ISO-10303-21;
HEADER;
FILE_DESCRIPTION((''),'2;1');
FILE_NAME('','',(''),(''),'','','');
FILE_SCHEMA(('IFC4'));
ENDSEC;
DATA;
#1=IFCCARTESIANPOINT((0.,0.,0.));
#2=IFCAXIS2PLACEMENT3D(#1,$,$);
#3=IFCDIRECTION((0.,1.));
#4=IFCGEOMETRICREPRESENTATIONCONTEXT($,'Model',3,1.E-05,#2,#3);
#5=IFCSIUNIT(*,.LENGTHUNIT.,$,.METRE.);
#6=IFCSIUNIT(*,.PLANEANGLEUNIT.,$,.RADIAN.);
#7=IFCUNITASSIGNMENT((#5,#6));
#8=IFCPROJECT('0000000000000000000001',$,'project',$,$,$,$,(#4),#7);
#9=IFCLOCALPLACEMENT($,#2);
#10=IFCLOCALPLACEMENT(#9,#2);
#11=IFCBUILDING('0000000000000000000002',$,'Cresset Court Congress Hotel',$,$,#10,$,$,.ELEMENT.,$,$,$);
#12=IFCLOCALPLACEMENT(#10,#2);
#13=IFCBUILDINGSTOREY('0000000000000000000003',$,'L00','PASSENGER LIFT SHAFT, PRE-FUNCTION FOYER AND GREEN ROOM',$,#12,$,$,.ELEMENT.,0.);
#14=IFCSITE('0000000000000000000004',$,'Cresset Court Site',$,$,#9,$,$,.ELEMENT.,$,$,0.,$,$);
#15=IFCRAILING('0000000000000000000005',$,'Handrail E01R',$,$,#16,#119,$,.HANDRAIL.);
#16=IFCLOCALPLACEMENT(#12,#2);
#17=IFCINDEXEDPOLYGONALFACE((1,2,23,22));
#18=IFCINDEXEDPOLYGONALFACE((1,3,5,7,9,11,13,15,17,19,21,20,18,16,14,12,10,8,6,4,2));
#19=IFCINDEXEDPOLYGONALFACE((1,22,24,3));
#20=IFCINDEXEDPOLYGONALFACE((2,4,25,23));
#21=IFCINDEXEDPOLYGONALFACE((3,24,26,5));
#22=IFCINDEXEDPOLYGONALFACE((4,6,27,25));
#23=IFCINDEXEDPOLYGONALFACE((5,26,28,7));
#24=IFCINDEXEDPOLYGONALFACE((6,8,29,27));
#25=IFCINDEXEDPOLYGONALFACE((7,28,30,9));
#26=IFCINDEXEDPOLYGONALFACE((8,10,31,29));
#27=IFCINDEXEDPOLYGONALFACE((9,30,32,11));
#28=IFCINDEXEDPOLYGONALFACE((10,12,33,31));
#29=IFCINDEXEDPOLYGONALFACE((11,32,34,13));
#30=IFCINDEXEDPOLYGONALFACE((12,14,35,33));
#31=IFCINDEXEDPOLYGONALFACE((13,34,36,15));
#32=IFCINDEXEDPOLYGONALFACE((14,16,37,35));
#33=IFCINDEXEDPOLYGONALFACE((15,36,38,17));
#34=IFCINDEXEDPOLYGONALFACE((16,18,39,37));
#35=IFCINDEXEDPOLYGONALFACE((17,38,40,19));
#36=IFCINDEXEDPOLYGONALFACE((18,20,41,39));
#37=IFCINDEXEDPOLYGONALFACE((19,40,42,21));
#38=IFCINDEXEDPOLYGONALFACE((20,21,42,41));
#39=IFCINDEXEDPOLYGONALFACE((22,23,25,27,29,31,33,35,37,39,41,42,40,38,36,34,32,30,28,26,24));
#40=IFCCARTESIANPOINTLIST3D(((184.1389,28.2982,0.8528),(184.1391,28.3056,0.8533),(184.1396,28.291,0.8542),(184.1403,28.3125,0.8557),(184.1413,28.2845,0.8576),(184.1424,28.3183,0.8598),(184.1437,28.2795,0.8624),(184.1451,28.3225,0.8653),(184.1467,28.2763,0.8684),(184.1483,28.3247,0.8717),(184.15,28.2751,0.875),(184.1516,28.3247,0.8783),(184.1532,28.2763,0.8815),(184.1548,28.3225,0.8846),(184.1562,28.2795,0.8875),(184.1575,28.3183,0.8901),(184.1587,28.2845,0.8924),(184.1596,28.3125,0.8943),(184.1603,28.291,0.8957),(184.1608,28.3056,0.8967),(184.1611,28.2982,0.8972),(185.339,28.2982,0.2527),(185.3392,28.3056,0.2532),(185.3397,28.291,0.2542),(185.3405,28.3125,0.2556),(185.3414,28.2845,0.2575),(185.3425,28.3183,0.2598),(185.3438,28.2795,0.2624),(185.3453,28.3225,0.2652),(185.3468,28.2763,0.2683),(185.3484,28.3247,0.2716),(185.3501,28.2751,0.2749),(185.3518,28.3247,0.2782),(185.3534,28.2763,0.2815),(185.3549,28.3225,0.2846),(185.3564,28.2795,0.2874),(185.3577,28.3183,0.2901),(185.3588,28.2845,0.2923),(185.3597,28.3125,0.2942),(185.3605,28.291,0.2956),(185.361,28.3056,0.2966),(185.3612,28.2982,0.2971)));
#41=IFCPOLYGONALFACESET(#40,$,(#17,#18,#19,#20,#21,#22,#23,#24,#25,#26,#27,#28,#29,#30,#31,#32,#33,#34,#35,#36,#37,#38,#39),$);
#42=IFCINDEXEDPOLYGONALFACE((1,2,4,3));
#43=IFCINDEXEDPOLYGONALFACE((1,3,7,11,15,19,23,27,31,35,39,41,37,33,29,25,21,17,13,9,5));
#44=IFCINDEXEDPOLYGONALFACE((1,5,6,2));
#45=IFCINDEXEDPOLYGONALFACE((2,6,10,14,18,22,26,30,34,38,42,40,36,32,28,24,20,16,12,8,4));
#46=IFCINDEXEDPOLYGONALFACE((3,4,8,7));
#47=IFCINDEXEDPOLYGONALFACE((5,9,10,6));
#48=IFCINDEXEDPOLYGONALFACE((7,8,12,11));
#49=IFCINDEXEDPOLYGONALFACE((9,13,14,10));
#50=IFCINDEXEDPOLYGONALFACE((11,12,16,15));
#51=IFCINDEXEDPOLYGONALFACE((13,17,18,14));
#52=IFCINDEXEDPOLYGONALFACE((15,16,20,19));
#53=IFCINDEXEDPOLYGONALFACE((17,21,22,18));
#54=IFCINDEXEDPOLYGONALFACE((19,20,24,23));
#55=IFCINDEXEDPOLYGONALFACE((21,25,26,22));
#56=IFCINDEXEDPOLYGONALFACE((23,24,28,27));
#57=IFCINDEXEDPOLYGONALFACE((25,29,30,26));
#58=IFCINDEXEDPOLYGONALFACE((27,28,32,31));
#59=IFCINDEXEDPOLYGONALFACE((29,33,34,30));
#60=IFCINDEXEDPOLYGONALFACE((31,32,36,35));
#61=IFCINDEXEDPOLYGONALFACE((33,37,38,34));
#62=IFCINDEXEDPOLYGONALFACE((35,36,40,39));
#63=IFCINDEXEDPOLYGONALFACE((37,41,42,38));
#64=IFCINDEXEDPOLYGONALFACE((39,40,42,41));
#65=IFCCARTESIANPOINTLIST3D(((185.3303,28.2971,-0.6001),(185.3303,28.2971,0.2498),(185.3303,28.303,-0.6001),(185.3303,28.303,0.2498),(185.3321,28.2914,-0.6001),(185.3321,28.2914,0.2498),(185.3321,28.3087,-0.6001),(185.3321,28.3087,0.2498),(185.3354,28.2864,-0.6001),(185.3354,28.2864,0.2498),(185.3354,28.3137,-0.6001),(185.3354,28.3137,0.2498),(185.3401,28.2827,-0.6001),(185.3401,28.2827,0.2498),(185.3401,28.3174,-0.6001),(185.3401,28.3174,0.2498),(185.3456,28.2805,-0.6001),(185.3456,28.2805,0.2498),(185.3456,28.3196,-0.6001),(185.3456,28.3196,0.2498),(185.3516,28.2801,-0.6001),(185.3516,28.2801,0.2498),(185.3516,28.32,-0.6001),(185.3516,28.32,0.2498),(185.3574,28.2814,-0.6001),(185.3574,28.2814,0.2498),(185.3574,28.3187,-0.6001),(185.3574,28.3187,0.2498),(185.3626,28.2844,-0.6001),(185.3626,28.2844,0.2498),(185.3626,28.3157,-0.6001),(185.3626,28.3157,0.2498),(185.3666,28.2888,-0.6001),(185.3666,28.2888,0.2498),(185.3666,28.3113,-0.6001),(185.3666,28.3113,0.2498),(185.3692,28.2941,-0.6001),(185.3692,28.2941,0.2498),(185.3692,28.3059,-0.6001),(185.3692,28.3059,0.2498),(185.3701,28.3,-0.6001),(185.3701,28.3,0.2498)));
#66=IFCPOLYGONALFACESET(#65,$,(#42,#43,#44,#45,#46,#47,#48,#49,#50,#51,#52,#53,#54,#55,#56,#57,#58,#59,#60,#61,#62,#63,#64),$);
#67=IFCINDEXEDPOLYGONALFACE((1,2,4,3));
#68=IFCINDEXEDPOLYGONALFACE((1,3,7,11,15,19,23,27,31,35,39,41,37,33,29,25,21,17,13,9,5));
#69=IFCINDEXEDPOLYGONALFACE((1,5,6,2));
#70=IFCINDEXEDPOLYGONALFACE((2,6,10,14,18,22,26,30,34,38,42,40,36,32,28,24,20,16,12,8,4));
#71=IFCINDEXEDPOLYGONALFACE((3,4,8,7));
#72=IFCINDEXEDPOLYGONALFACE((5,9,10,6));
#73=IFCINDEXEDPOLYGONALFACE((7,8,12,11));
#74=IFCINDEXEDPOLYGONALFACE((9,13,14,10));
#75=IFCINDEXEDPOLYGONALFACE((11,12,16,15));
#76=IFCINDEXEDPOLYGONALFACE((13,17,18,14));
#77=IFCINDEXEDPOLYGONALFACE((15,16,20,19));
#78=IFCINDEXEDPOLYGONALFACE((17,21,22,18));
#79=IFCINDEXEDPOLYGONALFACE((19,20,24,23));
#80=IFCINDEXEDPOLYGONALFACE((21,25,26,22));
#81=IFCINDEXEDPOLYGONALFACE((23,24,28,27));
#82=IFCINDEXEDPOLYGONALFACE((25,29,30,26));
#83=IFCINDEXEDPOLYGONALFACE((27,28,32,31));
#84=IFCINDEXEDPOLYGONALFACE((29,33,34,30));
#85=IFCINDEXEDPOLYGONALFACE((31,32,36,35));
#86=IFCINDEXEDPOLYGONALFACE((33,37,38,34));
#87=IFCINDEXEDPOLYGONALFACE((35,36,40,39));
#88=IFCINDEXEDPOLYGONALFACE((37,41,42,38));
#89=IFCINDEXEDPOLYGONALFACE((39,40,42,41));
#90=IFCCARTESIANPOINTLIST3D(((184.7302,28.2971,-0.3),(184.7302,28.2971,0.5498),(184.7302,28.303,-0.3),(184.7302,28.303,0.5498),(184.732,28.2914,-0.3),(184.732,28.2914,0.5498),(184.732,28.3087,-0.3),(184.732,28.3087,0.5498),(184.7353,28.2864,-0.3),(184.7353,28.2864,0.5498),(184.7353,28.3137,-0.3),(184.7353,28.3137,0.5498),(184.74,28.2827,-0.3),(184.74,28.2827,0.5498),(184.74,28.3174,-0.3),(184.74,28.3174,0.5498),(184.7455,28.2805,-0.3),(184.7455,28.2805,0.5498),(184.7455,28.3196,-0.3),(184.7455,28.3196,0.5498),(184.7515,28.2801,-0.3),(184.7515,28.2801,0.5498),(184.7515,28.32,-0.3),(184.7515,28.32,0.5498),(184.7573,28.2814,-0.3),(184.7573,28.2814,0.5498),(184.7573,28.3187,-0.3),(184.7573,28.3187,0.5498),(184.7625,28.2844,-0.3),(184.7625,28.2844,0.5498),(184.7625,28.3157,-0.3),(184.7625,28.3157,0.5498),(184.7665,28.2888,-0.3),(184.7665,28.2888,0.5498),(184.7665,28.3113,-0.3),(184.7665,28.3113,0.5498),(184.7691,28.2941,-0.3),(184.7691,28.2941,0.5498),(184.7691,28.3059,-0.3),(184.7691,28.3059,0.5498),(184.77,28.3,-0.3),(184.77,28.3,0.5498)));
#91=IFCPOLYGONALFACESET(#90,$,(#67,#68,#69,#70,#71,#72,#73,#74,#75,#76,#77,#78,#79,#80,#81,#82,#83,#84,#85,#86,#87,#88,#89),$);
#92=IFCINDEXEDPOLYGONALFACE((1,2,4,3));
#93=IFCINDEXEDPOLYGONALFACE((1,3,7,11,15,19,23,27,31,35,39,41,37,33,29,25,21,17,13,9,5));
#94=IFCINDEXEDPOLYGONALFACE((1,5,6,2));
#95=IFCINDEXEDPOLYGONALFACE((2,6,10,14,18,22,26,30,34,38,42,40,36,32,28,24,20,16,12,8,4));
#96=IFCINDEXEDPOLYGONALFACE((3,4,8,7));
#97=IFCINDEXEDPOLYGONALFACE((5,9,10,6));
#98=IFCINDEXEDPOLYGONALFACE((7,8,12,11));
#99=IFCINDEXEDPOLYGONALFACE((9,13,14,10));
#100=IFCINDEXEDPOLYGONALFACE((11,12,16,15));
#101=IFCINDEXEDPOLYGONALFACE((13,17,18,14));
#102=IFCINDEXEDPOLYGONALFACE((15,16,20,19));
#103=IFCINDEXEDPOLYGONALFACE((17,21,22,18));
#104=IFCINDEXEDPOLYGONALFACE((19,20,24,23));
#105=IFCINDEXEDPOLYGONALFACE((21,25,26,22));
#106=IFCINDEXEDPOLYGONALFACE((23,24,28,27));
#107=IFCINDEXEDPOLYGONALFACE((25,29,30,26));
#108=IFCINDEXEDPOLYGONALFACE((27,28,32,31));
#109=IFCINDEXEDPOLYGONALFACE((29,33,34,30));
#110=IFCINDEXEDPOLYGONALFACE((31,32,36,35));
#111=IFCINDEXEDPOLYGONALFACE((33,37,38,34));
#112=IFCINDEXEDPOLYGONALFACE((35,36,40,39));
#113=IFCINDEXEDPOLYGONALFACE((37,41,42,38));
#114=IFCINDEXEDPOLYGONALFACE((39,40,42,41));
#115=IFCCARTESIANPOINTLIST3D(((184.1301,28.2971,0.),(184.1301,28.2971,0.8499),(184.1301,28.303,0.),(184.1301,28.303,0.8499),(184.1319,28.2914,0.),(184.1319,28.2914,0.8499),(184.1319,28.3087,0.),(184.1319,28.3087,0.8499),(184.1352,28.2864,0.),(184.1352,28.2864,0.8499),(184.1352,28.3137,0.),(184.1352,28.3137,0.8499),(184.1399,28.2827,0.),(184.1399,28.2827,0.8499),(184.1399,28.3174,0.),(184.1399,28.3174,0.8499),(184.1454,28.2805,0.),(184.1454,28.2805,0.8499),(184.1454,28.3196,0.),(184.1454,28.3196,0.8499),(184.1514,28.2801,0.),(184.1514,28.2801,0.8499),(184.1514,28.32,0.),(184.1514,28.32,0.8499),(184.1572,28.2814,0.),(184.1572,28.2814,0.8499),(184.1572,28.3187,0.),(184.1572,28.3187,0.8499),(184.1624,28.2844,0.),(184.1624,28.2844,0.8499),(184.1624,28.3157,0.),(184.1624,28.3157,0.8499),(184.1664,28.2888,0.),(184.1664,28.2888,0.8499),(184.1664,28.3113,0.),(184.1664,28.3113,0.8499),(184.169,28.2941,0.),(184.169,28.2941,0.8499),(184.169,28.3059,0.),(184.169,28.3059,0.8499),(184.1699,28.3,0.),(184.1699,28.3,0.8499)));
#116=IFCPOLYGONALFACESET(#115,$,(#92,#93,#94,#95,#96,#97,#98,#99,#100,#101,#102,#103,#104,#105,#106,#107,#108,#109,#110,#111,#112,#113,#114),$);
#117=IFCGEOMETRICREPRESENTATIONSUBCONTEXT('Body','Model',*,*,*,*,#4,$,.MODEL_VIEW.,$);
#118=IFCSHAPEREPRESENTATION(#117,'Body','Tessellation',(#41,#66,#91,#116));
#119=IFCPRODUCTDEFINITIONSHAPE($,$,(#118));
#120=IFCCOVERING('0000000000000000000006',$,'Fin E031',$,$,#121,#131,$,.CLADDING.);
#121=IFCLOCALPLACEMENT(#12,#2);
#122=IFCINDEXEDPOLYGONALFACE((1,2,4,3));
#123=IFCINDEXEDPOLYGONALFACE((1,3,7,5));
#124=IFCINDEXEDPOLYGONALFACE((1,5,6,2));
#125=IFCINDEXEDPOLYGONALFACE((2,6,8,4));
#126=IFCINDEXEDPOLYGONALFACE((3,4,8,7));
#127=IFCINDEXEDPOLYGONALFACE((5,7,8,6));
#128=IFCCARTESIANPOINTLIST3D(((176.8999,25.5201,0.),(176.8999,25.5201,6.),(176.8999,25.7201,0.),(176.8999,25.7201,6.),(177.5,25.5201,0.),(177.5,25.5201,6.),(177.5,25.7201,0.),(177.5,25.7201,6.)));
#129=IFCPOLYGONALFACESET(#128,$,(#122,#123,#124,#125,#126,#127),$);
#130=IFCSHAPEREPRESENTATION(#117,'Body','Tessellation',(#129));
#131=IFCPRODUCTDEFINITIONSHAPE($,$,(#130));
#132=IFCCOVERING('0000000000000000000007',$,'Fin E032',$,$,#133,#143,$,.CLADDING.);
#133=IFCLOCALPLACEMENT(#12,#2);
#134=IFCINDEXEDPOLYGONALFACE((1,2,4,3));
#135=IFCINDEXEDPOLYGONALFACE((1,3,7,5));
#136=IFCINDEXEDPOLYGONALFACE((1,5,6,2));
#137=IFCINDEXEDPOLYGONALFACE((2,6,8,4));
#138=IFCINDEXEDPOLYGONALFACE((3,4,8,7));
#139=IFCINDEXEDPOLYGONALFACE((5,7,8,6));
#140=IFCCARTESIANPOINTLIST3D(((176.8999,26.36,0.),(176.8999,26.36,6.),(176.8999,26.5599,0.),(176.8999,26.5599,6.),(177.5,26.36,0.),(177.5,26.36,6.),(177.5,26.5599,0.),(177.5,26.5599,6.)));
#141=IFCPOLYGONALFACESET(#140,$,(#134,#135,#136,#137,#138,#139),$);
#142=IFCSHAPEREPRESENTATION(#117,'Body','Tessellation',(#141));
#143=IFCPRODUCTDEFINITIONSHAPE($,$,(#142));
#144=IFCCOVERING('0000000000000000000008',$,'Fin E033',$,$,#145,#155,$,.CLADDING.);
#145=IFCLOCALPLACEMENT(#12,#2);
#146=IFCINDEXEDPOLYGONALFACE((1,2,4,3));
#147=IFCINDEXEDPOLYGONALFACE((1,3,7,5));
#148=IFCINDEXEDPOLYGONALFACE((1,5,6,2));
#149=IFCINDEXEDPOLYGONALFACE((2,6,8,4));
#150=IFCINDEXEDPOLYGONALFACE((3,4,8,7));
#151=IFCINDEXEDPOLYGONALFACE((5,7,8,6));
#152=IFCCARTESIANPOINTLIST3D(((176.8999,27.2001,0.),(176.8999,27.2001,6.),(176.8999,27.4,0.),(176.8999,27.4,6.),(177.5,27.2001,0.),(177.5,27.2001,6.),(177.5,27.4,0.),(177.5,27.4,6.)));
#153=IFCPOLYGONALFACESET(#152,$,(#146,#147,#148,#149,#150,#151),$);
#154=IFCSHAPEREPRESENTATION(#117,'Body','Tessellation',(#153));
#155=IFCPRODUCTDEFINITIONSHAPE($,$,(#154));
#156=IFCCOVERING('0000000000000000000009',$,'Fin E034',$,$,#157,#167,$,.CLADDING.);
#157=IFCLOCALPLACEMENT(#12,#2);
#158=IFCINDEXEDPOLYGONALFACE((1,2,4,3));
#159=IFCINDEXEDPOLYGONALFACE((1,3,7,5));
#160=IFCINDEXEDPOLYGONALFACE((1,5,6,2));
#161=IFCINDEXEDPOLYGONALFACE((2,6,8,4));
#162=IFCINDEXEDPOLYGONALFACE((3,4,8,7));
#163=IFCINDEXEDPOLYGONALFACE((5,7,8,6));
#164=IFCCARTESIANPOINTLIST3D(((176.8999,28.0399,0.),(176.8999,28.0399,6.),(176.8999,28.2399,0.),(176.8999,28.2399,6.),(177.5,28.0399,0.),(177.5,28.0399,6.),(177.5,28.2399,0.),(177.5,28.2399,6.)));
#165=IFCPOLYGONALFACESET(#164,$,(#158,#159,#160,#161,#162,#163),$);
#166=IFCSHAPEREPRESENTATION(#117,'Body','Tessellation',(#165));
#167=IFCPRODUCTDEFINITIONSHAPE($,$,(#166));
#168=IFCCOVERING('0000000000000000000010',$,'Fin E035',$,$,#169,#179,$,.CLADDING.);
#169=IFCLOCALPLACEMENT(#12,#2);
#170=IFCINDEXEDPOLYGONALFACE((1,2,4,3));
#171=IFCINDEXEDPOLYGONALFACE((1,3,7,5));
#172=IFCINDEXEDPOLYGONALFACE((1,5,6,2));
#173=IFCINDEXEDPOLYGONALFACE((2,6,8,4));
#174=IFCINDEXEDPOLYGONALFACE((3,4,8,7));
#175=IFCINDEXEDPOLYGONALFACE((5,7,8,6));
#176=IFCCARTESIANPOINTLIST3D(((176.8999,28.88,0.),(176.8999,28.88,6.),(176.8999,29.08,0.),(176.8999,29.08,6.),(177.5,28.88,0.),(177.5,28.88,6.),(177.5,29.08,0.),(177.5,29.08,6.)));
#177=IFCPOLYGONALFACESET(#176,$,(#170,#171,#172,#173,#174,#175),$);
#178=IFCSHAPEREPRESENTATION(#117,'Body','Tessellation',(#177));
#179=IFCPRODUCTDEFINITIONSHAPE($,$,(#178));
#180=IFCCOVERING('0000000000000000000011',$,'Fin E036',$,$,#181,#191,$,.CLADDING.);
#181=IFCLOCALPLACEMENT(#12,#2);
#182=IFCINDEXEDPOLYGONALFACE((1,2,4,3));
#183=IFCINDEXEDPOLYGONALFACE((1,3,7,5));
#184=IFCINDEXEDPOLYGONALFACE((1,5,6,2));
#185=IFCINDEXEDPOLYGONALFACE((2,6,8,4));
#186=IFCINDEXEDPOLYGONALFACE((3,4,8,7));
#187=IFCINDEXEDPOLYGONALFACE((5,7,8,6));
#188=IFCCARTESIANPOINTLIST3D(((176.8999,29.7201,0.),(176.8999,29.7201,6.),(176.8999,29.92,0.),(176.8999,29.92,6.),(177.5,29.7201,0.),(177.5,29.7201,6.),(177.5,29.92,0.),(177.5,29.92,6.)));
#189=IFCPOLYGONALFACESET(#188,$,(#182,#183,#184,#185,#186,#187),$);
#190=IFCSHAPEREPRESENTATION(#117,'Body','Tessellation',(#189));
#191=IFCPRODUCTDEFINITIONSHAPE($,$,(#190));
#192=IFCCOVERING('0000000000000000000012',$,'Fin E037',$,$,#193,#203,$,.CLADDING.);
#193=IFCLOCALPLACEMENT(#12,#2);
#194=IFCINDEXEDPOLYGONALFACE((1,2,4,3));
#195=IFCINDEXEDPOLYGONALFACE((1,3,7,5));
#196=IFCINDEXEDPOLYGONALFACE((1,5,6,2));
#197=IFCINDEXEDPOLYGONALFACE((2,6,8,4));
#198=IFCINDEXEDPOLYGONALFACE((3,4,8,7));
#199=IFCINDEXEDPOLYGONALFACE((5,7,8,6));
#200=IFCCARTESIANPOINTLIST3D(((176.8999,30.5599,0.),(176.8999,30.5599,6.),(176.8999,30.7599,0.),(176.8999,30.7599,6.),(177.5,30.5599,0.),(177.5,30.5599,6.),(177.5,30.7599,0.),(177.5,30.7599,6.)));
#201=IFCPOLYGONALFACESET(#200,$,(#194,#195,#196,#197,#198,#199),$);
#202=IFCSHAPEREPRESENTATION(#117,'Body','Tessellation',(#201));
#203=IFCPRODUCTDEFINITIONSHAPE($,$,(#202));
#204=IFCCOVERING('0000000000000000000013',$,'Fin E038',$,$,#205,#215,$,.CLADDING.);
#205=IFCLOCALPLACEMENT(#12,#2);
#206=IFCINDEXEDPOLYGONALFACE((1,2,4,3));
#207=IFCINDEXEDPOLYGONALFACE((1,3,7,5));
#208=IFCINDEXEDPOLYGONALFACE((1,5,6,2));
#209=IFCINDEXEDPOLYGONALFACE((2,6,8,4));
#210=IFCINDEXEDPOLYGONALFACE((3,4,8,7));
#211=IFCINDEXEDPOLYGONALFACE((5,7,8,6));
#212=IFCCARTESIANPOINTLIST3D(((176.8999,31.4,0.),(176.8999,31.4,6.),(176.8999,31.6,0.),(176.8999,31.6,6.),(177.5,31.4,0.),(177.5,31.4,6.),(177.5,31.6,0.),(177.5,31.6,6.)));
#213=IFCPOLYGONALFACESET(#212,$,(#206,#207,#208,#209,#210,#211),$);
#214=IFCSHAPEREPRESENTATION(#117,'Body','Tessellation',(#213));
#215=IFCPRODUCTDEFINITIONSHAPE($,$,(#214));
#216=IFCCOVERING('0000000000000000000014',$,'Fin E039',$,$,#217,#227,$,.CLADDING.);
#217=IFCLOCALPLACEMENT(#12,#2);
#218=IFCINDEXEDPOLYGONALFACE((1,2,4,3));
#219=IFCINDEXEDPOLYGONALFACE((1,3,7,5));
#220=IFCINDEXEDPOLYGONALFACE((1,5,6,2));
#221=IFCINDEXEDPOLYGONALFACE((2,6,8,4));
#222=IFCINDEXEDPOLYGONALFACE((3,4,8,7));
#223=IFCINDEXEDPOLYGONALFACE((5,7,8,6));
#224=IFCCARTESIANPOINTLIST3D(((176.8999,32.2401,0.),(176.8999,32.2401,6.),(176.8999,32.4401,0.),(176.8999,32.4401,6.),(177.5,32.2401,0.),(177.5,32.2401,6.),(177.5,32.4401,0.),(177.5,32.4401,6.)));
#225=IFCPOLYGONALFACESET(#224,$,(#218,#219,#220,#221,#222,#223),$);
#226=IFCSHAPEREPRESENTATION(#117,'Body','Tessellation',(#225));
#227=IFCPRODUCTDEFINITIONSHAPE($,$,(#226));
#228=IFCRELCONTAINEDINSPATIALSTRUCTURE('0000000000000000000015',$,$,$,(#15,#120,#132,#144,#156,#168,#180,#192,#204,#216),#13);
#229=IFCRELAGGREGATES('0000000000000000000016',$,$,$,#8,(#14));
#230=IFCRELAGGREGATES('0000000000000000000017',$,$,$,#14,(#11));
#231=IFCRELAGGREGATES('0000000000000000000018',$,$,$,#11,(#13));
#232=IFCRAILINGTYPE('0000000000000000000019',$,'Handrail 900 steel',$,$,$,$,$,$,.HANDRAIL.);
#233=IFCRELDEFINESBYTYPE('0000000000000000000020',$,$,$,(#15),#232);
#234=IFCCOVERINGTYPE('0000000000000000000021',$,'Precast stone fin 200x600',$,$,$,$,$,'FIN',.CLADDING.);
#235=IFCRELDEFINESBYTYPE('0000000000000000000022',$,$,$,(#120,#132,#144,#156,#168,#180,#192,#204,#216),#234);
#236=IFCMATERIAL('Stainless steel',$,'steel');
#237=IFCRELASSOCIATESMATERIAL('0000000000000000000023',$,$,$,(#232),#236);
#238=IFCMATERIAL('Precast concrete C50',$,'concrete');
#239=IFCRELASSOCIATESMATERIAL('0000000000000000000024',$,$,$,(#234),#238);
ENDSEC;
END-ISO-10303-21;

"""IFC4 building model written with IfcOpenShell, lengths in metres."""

from ifc_helpers import new_model, si_unit, direction, frame, origin, origin_2d, place, context, subcontext, project, spatial, rectangle, circle, extrude, material, type_object, element, save


model = new_model("IFC4")

# Units and contexts
model_context = context("Model", 3, precision=1e-05, world=origin(), true_north=direction((0.0, 1.0)))
body_context = subcontext(model_context, "Body", "Model", "MODEL_VIEW")
ifc_project = project(units=[si_unit("LENGTHUNIT", "METRE"), si_unit("PLANEANGLEUNIT", "RADIAN")], contexts=[model_context])

# Site, building, storey
site_placement = place(None, origin())
site = spatial("IfcSite", under=ifc_project, at=site_placement, Name="Cresset Court Site", CompositionType="ELEMENT", RefElevation=0.0)
building_placement = place(site_placement, origin())
building = spatial("IfcBuilding", under=site, at=building_placement, Name="Cresset Court Congress Hotel", CompositionType="ELEMENT")
storey_placement = place(building_placement, origin())
storey = spatial("IfcBuildingStorey", under=building, at=storey_placement, Name="L00", Description="PASSENGER LIFT SHAFT, PRE-FUNCTION FOYER AND GREEN ROOM", CompositionType="ELEMENT", Elevation=0.0)

# Railing
ifc_material_1 = material(Name="Stainless steel", Category="steel")
railing_type = type_object("IfcRailingType", Name="Handrail 900 steel", PredefinedType="HANDRAIL", material=ifc_material_1)
railing_placement = place(storey_placement, frame((185.3501, 28.3, -0.6001)))
element("IfcRailing", 1, at=railing_placement, inside=storey, type_object=railing_type, Name="Handrail E01R", PredefinedType="HANDRAIL", context=body_context, shape_type="SweptSolid", body=[
    extrude(circle(Radius=0.0249, at=origin_2d()), frame((0.0, 0.0, 0.875), z_axis=(-0.894427, 0.0, 0.447214), x_axis=(0.0, -1.0, 0.0)), (0.0, 0.0, 1.0), 1.3418),
    extrude(circle(Radius=0.02, at=origin_2d()), origin(), (0.0, 0.0, 1.0), 0.8499),
    extrude(circle(Radius=0.02, at=origin_2d()), frame((-0.6001, 0.0, 0.3)), (0.0, 0.0, 1.0), 0.8499),
    extrude(circle(Radius=0.02, at=origin_2d()), frame((-1.2002, 0.0, 0.6001)), (0.0, 0.0, 1.0), 0.8499),
])

# Coverings
ifc_material_2 = material(Name="Precast concrete C50", Category="concrete")
covering_type_1 = type_object("IfcCoveringType", Name="Precast stone fin 200x600", ElementType="FIN", PredefinedType="CLADDING", material=ifc_material_2)
for number, where, z_axis, x_axis, name in (
    (2, (177.2, 25.6201, 0.0), (0.0, 0.0, 1.0), (1.0, 0.0, 0.0), "Fin E031"),
    (3, (177.2, 26.46, 0.0), (0.0, 0.0, 1.0), (1.0, 0.0, 0.0), "Fin E032"),
    (4, (177.2, 27.3, 0.0), (0.0, 0.0, 1.0), (1.0, 0.0, 0.0), "Fin E033"),
    (5, (177.2, 28.1399, 0.0), (0.0, 0.0, 1.0), (1.0, 0.0, 0.0), "Fin E034"),
    (6, (177.2, 28.98, 0.0), (0.0, 0.0, 1.0), (1.0, 0.0, 0.0), "Fin E035"),
    (7, (177.2, 29.8201, 0.0), (0.0, 0.0, 1.0), (1.0, 0.0, 0.0), "Fin E036"),
    (8, (177.2, 30.6599, 0.0), (0.0, 0.0, 1.0), (1.0, 0.0, 0.0), "Fin E037"),
    (9, (177.2, 31.5, 0.0), (0.0, 0.0, 1.0), (1.0, 0.0, 0.0), "Fin E038"),
    (10, (177.2, 32.3401, 0.0), (0.0, 0.0, 1.0), (1.0, 0.0, 0.0), "Fin E039"),
):
    element("IfcCovering", number, at=place(storey_placement, frame(where, z_axis=z_axis, x_axis=x_axis)), inside=storey, type_object=covering_type_1, Name=name, PredefinedType="CLADDING", context=body_context, shape_type="SweptSolid", body=[
        extrude(rectangle(XDim=0.6001, YDim=0.2, at=origin_2d()), origin(), (0.0, 0.0, 1.0), 6.0),
    ])

save(model, "model.ifc")
